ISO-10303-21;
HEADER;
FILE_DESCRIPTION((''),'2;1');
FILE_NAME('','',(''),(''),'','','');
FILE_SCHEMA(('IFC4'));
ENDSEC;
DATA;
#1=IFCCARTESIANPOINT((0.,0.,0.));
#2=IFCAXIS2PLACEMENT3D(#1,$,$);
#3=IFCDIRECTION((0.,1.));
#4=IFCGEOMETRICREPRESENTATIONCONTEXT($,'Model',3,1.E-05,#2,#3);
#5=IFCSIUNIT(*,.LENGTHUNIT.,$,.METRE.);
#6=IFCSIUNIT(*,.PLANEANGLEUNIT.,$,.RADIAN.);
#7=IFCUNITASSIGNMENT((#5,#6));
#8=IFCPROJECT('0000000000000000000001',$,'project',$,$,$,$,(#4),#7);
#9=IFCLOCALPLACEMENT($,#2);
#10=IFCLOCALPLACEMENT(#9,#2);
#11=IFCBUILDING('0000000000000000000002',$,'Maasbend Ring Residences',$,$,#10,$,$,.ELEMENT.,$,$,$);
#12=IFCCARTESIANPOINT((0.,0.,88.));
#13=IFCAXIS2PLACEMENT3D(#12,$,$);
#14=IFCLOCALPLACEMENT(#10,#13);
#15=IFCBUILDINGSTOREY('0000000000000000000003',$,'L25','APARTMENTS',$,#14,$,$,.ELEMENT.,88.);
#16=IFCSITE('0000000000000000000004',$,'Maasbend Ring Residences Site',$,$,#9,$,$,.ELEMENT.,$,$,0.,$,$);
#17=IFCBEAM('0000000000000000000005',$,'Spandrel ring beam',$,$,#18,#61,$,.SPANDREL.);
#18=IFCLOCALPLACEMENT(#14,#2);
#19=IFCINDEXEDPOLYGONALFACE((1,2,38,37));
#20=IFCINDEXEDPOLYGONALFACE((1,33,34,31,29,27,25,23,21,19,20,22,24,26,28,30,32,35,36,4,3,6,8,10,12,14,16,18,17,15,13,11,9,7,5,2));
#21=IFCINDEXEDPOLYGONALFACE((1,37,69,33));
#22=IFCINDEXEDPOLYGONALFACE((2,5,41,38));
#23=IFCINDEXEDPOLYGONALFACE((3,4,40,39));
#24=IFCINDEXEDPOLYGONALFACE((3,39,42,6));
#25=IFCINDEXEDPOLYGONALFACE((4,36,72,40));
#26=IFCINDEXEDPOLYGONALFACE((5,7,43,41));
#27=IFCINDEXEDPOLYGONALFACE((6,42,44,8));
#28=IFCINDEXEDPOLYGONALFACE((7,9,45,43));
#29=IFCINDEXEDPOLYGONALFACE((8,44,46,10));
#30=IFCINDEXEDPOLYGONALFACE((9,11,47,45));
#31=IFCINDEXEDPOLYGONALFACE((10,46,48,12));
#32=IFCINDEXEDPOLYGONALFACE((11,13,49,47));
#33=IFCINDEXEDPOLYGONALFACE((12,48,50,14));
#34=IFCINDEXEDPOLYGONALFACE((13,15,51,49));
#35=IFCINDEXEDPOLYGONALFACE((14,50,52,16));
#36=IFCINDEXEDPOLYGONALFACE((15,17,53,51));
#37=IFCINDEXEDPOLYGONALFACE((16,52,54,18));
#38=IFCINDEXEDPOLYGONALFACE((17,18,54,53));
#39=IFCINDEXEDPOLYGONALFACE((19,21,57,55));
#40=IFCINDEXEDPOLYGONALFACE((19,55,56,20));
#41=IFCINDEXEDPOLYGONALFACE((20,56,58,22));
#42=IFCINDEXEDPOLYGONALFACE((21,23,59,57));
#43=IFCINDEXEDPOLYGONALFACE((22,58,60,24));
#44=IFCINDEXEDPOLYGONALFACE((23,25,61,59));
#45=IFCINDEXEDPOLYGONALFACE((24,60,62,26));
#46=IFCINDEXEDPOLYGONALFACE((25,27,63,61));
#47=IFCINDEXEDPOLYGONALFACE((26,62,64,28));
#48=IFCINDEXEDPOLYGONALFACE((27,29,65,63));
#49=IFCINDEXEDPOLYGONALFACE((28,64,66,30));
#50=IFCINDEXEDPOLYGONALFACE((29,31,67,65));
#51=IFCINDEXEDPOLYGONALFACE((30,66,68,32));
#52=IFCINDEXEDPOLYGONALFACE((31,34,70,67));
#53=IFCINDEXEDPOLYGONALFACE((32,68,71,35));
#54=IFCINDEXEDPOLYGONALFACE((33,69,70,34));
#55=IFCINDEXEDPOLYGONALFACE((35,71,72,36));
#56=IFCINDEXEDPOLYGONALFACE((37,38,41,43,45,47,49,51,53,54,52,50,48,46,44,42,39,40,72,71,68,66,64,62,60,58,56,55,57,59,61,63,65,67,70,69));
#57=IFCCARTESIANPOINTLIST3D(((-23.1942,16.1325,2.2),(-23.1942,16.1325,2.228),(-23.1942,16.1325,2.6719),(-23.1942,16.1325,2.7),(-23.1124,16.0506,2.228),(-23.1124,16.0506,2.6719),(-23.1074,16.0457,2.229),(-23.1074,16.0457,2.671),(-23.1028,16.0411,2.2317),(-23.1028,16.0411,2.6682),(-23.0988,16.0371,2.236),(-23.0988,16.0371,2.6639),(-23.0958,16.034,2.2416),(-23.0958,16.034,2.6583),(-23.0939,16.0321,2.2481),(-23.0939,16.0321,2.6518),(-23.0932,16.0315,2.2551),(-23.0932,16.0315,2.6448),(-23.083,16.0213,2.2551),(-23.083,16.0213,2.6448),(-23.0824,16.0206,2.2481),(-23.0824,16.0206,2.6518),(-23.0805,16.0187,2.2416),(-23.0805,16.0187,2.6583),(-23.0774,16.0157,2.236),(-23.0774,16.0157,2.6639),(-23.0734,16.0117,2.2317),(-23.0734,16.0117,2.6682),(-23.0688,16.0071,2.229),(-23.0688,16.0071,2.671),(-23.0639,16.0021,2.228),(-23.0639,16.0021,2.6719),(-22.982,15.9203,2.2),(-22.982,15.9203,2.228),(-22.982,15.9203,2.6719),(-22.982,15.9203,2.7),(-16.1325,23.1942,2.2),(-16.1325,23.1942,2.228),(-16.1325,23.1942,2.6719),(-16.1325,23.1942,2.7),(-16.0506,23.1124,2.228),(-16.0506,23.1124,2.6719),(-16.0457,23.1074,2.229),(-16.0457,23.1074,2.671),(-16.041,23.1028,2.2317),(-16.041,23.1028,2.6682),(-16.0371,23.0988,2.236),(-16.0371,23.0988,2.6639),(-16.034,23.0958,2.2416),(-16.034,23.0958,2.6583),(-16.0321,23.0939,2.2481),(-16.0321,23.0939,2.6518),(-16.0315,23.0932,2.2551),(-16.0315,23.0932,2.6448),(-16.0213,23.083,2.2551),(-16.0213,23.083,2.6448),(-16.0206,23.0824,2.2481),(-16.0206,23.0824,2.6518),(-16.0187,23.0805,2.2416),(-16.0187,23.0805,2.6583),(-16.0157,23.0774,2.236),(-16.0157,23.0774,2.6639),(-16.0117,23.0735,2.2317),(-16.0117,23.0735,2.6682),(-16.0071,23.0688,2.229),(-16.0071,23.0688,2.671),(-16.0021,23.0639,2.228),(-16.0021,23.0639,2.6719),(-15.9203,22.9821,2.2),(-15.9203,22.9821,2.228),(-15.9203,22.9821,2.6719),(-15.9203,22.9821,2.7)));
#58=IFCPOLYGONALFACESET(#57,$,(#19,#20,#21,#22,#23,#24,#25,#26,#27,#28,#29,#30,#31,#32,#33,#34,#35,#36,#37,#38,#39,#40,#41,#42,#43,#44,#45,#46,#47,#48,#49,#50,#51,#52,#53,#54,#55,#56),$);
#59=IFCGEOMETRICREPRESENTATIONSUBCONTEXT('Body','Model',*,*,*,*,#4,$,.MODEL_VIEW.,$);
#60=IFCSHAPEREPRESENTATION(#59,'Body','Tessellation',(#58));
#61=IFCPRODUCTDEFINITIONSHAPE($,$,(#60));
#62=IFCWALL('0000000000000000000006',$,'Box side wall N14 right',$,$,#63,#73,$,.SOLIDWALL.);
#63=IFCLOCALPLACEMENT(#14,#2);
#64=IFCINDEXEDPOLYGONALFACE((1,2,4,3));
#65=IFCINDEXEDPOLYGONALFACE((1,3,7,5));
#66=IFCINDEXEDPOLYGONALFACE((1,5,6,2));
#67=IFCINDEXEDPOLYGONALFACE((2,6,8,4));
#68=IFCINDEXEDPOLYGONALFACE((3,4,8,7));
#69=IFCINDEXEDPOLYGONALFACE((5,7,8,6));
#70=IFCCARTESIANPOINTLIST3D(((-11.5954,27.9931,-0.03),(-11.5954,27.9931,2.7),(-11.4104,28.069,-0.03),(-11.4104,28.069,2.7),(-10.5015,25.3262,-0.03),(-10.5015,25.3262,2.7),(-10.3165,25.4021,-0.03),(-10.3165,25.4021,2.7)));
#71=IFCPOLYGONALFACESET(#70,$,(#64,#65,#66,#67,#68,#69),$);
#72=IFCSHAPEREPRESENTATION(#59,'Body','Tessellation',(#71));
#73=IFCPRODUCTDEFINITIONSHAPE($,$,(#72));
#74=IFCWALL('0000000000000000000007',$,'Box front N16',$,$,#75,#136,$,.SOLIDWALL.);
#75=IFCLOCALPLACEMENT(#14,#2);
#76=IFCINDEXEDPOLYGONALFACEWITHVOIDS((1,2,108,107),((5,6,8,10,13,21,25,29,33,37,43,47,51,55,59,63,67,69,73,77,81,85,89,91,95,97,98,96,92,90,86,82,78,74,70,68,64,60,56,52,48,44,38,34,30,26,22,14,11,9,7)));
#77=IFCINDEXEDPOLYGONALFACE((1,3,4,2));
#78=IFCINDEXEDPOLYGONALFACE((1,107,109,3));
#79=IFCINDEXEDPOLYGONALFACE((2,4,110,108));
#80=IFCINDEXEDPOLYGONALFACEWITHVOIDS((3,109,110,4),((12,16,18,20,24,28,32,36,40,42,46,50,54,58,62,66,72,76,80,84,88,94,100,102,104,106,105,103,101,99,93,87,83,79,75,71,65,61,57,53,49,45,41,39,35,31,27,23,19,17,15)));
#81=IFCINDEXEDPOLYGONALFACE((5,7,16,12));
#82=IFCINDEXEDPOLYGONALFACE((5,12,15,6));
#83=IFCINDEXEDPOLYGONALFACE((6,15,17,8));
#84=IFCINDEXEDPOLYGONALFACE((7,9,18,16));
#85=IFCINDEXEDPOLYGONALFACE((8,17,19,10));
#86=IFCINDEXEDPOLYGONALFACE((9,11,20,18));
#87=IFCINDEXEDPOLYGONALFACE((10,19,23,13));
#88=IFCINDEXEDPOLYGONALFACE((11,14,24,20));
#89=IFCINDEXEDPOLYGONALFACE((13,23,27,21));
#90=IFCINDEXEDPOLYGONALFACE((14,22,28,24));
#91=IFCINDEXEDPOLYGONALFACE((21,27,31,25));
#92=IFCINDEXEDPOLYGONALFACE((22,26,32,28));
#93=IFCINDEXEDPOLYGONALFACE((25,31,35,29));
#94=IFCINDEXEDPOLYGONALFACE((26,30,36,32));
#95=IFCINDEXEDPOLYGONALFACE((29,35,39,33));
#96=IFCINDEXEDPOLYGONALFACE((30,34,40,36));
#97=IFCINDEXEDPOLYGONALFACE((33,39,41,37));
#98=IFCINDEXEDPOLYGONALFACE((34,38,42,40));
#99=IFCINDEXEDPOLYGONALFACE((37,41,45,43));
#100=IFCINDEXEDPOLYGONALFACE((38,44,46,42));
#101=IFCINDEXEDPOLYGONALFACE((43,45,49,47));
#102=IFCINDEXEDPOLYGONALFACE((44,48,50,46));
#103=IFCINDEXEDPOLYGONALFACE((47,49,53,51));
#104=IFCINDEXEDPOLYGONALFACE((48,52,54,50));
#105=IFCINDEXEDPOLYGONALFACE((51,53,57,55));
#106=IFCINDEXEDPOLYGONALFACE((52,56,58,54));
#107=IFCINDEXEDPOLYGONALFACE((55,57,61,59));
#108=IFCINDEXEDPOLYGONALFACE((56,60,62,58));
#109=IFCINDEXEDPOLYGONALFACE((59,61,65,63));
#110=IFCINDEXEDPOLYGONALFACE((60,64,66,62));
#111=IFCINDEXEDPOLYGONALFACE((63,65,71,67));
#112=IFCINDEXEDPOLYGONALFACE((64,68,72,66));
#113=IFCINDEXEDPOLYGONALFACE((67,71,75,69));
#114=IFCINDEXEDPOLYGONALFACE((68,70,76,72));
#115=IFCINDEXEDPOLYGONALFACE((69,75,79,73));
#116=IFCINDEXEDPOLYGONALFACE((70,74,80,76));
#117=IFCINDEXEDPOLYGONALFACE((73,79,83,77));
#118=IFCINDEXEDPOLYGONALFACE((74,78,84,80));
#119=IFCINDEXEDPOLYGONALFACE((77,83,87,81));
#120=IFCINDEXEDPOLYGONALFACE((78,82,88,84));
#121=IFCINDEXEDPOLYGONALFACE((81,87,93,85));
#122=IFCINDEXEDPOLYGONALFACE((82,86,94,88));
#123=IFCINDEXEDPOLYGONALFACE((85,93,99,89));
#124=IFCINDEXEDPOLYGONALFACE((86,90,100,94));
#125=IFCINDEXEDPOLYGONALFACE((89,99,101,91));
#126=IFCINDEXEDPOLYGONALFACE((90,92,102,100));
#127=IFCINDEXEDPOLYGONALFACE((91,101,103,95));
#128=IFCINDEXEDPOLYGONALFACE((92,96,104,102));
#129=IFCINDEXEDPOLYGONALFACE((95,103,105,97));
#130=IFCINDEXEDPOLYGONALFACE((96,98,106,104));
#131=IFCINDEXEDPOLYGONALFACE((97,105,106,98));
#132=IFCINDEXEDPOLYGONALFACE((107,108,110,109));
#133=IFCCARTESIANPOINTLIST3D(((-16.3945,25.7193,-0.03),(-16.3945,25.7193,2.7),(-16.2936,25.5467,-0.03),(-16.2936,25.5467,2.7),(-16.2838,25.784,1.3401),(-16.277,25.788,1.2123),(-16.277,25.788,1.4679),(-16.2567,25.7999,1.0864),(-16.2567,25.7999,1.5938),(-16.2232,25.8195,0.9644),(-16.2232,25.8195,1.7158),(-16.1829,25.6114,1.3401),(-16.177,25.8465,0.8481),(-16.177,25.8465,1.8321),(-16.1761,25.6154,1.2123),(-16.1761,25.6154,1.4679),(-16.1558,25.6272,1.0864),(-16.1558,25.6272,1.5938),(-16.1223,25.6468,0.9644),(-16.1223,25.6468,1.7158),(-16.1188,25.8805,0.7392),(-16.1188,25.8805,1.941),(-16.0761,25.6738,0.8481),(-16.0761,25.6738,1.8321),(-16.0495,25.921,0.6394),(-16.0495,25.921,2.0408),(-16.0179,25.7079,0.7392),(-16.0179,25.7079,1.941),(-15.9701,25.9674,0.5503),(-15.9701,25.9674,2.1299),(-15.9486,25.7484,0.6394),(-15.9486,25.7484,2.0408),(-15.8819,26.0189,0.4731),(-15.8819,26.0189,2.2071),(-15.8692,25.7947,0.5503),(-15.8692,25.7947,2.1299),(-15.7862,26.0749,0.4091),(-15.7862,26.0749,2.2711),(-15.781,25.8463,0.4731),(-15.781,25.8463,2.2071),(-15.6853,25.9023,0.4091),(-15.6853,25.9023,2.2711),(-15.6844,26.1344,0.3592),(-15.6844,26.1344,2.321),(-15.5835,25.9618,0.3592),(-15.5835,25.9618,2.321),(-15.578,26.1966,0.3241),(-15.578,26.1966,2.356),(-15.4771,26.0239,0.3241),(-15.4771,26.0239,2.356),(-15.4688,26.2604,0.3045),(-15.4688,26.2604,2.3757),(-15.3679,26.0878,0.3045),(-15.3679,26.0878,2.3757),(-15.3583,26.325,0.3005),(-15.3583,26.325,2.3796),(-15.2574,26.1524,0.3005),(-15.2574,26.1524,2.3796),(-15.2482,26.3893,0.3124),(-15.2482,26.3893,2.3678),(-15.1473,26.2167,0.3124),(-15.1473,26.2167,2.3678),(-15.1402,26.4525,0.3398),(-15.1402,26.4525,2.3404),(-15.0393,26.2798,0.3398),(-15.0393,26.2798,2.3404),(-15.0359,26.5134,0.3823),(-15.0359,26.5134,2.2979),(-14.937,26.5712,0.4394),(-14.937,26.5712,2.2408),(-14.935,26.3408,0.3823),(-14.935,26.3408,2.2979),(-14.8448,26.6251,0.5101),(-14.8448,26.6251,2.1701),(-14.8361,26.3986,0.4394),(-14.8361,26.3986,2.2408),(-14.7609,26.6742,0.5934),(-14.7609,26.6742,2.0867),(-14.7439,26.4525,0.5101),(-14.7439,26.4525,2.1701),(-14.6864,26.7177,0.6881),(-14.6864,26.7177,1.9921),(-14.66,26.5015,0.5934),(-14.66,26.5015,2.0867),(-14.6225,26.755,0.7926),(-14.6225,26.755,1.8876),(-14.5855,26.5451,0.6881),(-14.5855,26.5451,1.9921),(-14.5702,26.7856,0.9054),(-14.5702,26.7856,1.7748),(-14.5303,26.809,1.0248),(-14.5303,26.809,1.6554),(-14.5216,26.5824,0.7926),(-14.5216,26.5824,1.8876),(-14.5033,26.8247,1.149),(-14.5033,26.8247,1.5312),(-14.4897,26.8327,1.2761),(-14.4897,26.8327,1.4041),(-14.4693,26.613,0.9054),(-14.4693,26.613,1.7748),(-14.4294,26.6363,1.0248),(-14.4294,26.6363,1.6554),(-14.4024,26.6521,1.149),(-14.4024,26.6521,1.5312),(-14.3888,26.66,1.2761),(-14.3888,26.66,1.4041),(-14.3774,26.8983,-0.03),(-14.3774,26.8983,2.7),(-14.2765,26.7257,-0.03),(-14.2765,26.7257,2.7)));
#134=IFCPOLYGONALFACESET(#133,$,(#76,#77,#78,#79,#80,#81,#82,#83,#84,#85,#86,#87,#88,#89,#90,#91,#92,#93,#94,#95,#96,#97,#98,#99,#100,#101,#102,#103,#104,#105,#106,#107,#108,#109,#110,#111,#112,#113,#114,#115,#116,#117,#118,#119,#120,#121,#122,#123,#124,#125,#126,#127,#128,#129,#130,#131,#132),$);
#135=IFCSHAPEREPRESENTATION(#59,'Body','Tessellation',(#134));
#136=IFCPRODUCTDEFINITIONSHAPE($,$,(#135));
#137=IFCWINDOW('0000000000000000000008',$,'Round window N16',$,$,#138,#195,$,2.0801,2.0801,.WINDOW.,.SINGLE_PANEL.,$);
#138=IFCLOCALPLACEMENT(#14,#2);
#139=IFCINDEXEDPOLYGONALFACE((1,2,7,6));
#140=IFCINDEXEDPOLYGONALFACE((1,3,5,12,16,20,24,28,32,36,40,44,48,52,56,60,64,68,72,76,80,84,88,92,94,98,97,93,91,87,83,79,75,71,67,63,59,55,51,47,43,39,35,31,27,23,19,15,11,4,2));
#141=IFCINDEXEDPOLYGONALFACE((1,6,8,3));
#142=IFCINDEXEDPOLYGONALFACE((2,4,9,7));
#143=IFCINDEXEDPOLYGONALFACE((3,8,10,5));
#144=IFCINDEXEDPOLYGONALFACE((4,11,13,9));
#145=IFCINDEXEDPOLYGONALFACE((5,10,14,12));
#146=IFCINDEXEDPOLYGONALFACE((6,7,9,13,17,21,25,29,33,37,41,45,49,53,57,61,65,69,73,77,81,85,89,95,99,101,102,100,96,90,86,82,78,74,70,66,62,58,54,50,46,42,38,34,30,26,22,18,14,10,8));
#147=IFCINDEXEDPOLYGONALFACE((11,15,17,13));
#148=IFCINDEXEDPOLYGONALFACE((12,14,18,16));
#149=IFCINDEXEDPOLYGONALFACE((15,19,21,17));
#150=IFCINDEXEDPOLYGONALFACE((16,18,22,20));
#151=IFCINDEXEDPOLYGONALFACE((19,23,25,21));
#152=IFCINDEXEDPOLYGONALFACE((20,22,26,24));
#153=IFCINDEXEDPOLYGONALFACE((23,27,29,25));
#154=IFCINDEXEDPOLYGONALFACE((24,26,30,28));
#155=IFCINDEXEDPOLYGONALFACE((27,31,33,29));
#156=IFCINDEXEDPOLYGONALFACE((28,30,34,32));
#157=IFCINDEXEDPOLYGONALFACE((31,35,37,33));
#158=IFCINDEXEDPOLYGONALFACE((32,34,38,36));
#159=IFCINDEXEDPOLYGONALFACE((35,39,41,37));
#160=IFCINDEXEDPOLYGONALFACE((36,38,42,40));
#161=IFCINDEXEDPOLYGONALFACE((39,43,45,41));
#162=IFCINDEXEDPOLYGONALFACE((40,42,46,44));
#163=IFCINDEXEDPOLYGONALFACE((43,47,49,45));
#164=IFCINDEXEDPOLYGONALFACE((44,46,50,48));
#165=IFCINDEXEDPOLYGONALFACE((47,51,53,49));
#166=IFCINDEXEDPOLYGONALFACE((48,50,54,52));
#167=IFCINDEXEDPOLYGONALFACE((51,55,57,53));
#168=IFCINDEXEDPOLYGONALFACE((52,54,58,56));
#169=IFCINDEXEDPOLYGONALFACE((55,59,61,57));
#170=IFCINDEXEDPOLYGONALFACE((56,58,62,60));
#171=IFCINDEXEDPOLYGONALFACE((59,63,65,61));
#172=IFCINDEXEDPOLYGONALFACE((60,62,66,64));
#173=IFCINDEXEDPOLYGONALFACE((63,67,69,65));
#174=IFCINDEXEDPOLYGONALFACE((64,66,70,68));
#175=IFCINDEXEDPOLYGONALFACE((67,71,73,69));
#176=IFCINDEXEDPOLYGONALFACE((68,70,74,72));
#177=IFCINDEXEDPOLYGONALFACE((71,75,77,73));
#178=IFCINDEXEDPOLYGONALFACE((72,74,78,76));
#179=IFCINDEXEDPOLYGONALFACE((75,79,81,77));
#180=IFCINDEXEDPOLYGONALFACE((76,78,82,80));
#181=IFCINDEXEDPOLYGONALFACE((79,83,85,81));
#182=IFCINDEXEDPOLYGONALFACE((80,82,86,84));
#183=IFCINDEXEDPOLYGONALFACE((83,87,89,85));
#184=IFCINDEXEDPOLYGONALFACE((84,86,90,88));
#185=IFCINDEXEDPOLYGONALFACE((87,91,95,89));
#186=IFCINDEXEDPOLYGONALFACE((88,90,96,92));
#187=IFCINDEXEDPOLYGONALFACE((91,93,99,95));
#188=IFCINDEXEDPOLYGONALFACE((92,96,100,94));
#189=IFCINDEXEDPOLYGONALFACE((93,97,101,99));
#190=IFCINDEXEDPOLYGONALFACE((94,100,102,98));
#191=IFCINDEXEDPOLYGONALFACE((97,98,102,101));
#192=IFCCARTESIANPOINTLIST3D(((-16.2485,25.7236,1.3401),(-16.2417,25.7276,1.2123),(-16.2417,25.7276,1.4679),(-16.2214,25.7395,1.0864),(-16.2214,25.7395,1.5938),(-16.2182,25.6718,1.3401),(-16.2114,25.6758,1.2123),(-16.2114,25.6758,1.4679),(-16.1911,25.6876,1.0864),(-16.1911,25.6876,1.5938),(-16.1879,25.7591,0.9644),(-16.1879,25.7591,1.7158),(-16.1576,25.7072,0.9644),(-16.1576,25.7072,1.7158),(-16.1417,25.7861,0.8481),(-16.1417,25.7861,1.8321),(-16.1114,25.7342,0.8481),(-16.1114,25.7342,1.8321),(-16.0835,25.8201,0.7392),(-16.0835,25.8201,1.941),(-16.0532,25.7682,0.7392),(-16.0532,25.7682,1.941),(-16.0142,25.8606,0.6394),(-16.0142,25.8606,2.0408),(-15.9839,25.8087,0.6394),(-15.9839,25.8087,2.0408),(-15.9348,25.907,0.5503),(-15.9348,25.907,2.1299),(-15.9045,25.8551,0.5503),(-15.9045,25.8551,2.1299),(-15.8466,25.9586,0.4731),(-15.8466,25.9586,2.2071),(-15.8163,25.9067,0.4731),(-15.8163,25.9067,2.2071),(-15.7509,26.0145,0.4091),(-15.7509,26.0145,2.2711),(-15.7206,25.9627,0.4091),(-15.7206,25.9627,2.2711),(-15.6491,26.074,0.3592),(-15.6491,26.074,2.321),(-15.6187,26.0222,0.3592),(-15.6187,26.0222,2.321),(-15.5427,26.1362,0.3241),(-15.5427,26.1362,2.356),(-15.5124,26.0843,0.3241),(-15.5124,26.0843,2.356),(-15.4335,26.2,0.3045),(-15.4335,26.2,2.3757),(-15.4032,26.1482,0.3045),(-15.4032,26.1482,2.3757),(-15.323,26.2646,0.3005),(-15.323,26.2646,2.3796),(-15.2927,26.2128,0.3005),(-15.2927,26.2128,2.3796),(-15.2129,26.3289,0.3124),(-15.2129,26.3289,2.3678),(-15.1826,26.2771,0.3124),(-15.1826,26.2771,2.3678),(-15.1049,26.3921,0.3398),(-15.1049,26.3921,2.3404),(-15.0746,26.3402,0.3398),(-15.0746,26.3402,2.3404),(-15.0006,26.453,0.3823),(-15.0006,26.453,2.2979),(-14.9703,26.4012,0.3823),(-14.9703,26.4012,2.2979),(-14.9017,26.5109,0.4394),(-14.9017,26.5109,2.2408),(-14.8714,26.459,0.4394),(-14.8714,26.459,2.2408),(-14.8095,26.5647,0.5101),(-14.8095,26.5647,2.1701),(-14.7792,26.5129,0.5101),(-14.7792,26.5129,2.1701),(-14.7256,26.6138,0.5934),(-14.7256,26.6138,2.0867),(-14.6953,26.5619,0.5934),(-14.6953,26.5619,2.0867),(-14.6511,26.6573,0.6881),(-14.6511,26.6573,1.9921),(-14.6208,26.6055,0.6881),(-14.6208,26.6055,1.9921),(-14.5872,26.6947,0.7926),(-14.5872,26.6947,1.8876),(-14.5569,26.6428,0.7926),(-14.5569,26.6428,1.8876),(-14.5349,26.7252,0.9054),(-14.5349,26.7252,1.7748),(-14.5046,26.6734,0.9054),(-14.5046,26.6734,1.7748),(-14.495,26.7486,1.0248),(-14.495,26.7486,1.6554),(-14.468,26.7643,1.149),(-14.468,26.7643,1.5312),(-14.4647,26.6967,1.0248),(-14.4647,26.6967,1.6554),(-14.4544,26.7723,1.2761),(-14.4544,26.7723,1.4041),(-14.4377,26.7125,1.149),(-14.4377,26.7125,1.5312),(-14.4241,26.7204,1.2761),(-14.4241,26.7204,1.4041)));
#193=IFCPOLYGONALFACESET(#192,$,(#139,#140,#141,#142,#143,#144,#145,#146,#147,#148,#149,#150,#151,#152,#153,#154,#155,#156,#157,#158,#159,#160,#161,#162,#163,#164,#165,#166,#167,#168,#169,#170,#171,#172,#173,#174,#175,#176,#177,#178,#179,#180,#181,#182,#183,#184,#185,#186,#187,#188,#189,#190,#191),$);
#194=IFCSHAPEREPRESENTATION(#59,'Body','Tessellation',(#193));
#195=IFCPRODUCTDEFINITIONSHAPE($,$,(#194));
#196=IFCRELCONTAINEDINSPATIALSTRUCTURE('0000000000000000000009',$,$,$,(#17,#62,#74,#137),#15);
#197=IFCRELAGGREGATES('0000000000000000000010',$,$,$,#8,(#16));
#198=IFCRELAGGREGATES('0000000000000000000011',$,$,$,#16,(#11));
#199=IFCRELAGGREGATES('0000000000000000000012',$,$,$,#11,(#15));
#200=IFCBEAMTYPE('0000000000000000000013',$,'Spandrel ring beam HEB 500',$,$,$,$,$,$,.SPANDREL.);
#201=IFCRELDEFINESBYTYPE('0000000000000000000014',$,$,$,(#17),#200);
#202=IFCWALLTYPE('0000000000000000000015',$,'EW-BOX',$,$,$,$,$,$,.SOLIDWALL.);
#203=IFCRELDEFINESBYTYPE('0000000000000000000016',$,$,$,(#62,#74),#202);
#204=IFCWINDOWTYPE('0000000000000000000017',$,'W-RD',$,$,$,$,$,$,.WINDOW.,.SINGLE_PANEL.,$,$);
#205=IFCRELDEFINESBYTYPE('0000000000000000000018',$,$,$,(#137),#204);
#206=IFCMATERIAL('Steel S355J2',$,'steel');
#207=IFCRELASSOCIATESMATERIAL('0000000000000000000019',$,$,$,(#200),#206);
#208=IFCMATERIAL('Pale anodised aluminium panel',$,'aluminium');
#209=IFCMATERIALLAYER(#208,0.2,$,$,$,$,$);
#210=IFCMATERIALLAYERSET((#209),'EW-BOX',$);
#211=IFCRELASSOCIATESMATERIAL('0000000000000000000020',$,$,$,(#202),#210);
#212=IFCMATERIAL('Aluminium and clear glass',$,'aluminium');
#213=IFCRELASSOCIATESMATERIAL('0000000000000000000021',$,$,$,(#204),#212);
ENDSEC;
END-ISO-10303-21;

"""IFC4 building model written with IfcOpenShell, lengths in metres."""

from ifc_helpers import new_model, si_unit, direction, frame, frame_2d, origin, origin_2d, place, context, subcontext, project, spatial, rectangle, circle, i_section, extrude, material, layer, layer_set, material_profile, profile_set, type_object, element, fill, save


model = new_model("IFC4")

# Units and contexts
model_context = context("Model", 3, precision=1e-05, world=origin(), true_north=direction((0.0, 1.0)))
body_context = subcontext(model_context, "Body", "Model", "MODEL_VIEW")
ifc_project = project(units=[si_unit("LENGTHUNIT", "METRE"), si_unit("PLANEANGLEUNIT", "RADIAN")], contexts=[model_context])

# Site, building, storey
site_placement = place(None, origin())
site = spatial("IfcSite", under=ifc_project, at=site_placement, Name="Maasbend Ring Residences Site", CompositionType="ELEMENT", RefElevation=0.0)
building_placement = place(site_placement, origin())
building = spatial("IfcBuilding", under=site, at=building_placement, Name="Maasbend Ring Residences", CompositionType="ELEMENT")
storey_placement = place(building_placement, frame((0.0, 0.0, 88.0)))
storey = spatial("IfcBuildingStorey", under=building, at=storey_placement, Name="L25", Description="APARTMENTS", CompositionType="ELEMENT", Elevation=88.0)

# Beam
ifc_material_1 = material(Name="Steel S355J2", Category="steel")
ifc_material_profile_1 = material_profile(ifc_material_1, i_section(OverallWidth=0.3, OverallDepth=0.5, WebThickness=0.0144, FlangeThickness=0.0281, FilletRadius=0.0271, at=origin_2d()), Name="HEB 500")
ifc_profile_set_1 = profile_set([ifc_material_profile_1], Name="Steel S355J2")
beam_type_1 = type_object("IfcBeamType", Name="Spandrel ring beam HEB 500", PredefinedType="SPANDREL", material=ifc_profile_set_1)
beam_1_placement = place(storey_placement, frame((-16.0264, 23.0881, 2.45), z_axis=(-0.707107, -0.707107, 0.0), x_axis=(0.707107, -0.707107, 0.0)))
element("IfcBeam", 1, at=beam_1_placement, inside=storey, type_object=beam_type_1, Name="Spandrel ring beam", PredefinedType="SPANDREL", context=body_context, shape_type="SweptSolid", body=[
    extrude(i_section(OverallWidth=0.3, OverallDepth=0.5, WebThickness=0.0144, FlangeThickness=0.0281, FilletRadius=0.0271, at=origin_2d()), origin(), (0.0, 0.0, 1.0), 9.9868),
])

# Wall
ifc_material_2 = material(Name="Pale anodised aluminium panel", Category="aluminium")
ifc_layer_1 = layer(ifc_material_2, 0.2)
ifc_layer_set_1 = layer_set([ifc_layer_1], Name="EW-BOX")
wall_type_1 = type_object("IfcWallType", Name="EW-BOX", PredefinedType="SOLIDWALL", material=ifc_layer_set_1)
wall_1_placement = place(storey_placement, frame((-10.4089, 25.364, -0.03), z_axis=(0.0, 0.0, 1.0), x_axis=(-0.37951, 0.925188, 0.0)))
element("IfcWall", 2, at=wall_1_placement, inside=storey, type_object=wall_type_1, Name="Box side wall N14 right", PredefinedType="SOLIDWALL", context=body_context, shape_type="SweptSolid", body=[
    extrude(rectangle(XDim=2.8826, YDim=0.2, at=frame_2d((1.4414, 0.0))), origin(), (0.0, 0.0, 1.0), 2.73),
])

# Wall, opening, window
wall_2_placement = place(storey_placement, frame((-14.3269, 26.812, -0.03), z_axis=(0.0, 0.0, 1.0), x_axis=(-0.863347, -0.504612, 0.0)))
wall_2 = element("IfcWall", 3, at=wall_2_placement, inside=storey, type_object=wall_type_1, Name="Box front N16", PredefinedType="SOLIDWALL", context=body_context, shape_type="SweptSolid", body=[
    extrude(rectangle(XDim=2.3364, YDim=0.2, at=frame_2d((1.1682, 0.0))), origin(), (0.0, 0.0, 1.0), 2.73),
])
opening_1_placement = place(wall_2_placement, frame((0.1282, 0.0, 0.3301)))
opening_1 = element("IfcOpeningElement", 4, at=opening_1_placement, cuts=wall_2, PredefinedType="OPENING", context=body_context, shape_type="SweptSolid", body=[
    extrude(circle(Radius=1.04, at=frame_2d((1.04, 1.04))), frame((0.0, 0.1099, 0.0), z_axis=(0.0, -1.0, 0.0), x_axis=(1.0, 0.0, 0.0)), (0.0, 0.0, 1.0), 0.22),
])
ifc_material_3 = material(Name="Aluminium and clear glass", Category="aluminium")
window_type_1 = type_object("IfcWindowType", Name="W-RD", PartitioningType="SINGLE_PANEL", PredefinedType="WINDOW", material=ifc_material_3)
window_1_placement = place(opening_1_placement, origin())
window_1 = element("IfcWindow", 5, at=window_1_placement, inside=storey, type_object=window_type_1, Name="Round window N16", OverallHeight=2.0801, OverallWidth=2.0801, PartitioningType="SINGLE_PANEL", PredefinedType="WINDOW", context=body_context, shape_type="SweptSolid", body=[
    extrude(circle(Radius=1.04, at=frame_2d((1.04, 1.04))), frame((0.0, 0.03, 0.0), z_axis=(0.0, -1.0, 0.0), x_axis=(1.0, 0.0, 0.0)), (0.0, 0.0, 1.0), 0.0601),
])
fill(opening_1, window_1)

save(model, "model.ifc")
